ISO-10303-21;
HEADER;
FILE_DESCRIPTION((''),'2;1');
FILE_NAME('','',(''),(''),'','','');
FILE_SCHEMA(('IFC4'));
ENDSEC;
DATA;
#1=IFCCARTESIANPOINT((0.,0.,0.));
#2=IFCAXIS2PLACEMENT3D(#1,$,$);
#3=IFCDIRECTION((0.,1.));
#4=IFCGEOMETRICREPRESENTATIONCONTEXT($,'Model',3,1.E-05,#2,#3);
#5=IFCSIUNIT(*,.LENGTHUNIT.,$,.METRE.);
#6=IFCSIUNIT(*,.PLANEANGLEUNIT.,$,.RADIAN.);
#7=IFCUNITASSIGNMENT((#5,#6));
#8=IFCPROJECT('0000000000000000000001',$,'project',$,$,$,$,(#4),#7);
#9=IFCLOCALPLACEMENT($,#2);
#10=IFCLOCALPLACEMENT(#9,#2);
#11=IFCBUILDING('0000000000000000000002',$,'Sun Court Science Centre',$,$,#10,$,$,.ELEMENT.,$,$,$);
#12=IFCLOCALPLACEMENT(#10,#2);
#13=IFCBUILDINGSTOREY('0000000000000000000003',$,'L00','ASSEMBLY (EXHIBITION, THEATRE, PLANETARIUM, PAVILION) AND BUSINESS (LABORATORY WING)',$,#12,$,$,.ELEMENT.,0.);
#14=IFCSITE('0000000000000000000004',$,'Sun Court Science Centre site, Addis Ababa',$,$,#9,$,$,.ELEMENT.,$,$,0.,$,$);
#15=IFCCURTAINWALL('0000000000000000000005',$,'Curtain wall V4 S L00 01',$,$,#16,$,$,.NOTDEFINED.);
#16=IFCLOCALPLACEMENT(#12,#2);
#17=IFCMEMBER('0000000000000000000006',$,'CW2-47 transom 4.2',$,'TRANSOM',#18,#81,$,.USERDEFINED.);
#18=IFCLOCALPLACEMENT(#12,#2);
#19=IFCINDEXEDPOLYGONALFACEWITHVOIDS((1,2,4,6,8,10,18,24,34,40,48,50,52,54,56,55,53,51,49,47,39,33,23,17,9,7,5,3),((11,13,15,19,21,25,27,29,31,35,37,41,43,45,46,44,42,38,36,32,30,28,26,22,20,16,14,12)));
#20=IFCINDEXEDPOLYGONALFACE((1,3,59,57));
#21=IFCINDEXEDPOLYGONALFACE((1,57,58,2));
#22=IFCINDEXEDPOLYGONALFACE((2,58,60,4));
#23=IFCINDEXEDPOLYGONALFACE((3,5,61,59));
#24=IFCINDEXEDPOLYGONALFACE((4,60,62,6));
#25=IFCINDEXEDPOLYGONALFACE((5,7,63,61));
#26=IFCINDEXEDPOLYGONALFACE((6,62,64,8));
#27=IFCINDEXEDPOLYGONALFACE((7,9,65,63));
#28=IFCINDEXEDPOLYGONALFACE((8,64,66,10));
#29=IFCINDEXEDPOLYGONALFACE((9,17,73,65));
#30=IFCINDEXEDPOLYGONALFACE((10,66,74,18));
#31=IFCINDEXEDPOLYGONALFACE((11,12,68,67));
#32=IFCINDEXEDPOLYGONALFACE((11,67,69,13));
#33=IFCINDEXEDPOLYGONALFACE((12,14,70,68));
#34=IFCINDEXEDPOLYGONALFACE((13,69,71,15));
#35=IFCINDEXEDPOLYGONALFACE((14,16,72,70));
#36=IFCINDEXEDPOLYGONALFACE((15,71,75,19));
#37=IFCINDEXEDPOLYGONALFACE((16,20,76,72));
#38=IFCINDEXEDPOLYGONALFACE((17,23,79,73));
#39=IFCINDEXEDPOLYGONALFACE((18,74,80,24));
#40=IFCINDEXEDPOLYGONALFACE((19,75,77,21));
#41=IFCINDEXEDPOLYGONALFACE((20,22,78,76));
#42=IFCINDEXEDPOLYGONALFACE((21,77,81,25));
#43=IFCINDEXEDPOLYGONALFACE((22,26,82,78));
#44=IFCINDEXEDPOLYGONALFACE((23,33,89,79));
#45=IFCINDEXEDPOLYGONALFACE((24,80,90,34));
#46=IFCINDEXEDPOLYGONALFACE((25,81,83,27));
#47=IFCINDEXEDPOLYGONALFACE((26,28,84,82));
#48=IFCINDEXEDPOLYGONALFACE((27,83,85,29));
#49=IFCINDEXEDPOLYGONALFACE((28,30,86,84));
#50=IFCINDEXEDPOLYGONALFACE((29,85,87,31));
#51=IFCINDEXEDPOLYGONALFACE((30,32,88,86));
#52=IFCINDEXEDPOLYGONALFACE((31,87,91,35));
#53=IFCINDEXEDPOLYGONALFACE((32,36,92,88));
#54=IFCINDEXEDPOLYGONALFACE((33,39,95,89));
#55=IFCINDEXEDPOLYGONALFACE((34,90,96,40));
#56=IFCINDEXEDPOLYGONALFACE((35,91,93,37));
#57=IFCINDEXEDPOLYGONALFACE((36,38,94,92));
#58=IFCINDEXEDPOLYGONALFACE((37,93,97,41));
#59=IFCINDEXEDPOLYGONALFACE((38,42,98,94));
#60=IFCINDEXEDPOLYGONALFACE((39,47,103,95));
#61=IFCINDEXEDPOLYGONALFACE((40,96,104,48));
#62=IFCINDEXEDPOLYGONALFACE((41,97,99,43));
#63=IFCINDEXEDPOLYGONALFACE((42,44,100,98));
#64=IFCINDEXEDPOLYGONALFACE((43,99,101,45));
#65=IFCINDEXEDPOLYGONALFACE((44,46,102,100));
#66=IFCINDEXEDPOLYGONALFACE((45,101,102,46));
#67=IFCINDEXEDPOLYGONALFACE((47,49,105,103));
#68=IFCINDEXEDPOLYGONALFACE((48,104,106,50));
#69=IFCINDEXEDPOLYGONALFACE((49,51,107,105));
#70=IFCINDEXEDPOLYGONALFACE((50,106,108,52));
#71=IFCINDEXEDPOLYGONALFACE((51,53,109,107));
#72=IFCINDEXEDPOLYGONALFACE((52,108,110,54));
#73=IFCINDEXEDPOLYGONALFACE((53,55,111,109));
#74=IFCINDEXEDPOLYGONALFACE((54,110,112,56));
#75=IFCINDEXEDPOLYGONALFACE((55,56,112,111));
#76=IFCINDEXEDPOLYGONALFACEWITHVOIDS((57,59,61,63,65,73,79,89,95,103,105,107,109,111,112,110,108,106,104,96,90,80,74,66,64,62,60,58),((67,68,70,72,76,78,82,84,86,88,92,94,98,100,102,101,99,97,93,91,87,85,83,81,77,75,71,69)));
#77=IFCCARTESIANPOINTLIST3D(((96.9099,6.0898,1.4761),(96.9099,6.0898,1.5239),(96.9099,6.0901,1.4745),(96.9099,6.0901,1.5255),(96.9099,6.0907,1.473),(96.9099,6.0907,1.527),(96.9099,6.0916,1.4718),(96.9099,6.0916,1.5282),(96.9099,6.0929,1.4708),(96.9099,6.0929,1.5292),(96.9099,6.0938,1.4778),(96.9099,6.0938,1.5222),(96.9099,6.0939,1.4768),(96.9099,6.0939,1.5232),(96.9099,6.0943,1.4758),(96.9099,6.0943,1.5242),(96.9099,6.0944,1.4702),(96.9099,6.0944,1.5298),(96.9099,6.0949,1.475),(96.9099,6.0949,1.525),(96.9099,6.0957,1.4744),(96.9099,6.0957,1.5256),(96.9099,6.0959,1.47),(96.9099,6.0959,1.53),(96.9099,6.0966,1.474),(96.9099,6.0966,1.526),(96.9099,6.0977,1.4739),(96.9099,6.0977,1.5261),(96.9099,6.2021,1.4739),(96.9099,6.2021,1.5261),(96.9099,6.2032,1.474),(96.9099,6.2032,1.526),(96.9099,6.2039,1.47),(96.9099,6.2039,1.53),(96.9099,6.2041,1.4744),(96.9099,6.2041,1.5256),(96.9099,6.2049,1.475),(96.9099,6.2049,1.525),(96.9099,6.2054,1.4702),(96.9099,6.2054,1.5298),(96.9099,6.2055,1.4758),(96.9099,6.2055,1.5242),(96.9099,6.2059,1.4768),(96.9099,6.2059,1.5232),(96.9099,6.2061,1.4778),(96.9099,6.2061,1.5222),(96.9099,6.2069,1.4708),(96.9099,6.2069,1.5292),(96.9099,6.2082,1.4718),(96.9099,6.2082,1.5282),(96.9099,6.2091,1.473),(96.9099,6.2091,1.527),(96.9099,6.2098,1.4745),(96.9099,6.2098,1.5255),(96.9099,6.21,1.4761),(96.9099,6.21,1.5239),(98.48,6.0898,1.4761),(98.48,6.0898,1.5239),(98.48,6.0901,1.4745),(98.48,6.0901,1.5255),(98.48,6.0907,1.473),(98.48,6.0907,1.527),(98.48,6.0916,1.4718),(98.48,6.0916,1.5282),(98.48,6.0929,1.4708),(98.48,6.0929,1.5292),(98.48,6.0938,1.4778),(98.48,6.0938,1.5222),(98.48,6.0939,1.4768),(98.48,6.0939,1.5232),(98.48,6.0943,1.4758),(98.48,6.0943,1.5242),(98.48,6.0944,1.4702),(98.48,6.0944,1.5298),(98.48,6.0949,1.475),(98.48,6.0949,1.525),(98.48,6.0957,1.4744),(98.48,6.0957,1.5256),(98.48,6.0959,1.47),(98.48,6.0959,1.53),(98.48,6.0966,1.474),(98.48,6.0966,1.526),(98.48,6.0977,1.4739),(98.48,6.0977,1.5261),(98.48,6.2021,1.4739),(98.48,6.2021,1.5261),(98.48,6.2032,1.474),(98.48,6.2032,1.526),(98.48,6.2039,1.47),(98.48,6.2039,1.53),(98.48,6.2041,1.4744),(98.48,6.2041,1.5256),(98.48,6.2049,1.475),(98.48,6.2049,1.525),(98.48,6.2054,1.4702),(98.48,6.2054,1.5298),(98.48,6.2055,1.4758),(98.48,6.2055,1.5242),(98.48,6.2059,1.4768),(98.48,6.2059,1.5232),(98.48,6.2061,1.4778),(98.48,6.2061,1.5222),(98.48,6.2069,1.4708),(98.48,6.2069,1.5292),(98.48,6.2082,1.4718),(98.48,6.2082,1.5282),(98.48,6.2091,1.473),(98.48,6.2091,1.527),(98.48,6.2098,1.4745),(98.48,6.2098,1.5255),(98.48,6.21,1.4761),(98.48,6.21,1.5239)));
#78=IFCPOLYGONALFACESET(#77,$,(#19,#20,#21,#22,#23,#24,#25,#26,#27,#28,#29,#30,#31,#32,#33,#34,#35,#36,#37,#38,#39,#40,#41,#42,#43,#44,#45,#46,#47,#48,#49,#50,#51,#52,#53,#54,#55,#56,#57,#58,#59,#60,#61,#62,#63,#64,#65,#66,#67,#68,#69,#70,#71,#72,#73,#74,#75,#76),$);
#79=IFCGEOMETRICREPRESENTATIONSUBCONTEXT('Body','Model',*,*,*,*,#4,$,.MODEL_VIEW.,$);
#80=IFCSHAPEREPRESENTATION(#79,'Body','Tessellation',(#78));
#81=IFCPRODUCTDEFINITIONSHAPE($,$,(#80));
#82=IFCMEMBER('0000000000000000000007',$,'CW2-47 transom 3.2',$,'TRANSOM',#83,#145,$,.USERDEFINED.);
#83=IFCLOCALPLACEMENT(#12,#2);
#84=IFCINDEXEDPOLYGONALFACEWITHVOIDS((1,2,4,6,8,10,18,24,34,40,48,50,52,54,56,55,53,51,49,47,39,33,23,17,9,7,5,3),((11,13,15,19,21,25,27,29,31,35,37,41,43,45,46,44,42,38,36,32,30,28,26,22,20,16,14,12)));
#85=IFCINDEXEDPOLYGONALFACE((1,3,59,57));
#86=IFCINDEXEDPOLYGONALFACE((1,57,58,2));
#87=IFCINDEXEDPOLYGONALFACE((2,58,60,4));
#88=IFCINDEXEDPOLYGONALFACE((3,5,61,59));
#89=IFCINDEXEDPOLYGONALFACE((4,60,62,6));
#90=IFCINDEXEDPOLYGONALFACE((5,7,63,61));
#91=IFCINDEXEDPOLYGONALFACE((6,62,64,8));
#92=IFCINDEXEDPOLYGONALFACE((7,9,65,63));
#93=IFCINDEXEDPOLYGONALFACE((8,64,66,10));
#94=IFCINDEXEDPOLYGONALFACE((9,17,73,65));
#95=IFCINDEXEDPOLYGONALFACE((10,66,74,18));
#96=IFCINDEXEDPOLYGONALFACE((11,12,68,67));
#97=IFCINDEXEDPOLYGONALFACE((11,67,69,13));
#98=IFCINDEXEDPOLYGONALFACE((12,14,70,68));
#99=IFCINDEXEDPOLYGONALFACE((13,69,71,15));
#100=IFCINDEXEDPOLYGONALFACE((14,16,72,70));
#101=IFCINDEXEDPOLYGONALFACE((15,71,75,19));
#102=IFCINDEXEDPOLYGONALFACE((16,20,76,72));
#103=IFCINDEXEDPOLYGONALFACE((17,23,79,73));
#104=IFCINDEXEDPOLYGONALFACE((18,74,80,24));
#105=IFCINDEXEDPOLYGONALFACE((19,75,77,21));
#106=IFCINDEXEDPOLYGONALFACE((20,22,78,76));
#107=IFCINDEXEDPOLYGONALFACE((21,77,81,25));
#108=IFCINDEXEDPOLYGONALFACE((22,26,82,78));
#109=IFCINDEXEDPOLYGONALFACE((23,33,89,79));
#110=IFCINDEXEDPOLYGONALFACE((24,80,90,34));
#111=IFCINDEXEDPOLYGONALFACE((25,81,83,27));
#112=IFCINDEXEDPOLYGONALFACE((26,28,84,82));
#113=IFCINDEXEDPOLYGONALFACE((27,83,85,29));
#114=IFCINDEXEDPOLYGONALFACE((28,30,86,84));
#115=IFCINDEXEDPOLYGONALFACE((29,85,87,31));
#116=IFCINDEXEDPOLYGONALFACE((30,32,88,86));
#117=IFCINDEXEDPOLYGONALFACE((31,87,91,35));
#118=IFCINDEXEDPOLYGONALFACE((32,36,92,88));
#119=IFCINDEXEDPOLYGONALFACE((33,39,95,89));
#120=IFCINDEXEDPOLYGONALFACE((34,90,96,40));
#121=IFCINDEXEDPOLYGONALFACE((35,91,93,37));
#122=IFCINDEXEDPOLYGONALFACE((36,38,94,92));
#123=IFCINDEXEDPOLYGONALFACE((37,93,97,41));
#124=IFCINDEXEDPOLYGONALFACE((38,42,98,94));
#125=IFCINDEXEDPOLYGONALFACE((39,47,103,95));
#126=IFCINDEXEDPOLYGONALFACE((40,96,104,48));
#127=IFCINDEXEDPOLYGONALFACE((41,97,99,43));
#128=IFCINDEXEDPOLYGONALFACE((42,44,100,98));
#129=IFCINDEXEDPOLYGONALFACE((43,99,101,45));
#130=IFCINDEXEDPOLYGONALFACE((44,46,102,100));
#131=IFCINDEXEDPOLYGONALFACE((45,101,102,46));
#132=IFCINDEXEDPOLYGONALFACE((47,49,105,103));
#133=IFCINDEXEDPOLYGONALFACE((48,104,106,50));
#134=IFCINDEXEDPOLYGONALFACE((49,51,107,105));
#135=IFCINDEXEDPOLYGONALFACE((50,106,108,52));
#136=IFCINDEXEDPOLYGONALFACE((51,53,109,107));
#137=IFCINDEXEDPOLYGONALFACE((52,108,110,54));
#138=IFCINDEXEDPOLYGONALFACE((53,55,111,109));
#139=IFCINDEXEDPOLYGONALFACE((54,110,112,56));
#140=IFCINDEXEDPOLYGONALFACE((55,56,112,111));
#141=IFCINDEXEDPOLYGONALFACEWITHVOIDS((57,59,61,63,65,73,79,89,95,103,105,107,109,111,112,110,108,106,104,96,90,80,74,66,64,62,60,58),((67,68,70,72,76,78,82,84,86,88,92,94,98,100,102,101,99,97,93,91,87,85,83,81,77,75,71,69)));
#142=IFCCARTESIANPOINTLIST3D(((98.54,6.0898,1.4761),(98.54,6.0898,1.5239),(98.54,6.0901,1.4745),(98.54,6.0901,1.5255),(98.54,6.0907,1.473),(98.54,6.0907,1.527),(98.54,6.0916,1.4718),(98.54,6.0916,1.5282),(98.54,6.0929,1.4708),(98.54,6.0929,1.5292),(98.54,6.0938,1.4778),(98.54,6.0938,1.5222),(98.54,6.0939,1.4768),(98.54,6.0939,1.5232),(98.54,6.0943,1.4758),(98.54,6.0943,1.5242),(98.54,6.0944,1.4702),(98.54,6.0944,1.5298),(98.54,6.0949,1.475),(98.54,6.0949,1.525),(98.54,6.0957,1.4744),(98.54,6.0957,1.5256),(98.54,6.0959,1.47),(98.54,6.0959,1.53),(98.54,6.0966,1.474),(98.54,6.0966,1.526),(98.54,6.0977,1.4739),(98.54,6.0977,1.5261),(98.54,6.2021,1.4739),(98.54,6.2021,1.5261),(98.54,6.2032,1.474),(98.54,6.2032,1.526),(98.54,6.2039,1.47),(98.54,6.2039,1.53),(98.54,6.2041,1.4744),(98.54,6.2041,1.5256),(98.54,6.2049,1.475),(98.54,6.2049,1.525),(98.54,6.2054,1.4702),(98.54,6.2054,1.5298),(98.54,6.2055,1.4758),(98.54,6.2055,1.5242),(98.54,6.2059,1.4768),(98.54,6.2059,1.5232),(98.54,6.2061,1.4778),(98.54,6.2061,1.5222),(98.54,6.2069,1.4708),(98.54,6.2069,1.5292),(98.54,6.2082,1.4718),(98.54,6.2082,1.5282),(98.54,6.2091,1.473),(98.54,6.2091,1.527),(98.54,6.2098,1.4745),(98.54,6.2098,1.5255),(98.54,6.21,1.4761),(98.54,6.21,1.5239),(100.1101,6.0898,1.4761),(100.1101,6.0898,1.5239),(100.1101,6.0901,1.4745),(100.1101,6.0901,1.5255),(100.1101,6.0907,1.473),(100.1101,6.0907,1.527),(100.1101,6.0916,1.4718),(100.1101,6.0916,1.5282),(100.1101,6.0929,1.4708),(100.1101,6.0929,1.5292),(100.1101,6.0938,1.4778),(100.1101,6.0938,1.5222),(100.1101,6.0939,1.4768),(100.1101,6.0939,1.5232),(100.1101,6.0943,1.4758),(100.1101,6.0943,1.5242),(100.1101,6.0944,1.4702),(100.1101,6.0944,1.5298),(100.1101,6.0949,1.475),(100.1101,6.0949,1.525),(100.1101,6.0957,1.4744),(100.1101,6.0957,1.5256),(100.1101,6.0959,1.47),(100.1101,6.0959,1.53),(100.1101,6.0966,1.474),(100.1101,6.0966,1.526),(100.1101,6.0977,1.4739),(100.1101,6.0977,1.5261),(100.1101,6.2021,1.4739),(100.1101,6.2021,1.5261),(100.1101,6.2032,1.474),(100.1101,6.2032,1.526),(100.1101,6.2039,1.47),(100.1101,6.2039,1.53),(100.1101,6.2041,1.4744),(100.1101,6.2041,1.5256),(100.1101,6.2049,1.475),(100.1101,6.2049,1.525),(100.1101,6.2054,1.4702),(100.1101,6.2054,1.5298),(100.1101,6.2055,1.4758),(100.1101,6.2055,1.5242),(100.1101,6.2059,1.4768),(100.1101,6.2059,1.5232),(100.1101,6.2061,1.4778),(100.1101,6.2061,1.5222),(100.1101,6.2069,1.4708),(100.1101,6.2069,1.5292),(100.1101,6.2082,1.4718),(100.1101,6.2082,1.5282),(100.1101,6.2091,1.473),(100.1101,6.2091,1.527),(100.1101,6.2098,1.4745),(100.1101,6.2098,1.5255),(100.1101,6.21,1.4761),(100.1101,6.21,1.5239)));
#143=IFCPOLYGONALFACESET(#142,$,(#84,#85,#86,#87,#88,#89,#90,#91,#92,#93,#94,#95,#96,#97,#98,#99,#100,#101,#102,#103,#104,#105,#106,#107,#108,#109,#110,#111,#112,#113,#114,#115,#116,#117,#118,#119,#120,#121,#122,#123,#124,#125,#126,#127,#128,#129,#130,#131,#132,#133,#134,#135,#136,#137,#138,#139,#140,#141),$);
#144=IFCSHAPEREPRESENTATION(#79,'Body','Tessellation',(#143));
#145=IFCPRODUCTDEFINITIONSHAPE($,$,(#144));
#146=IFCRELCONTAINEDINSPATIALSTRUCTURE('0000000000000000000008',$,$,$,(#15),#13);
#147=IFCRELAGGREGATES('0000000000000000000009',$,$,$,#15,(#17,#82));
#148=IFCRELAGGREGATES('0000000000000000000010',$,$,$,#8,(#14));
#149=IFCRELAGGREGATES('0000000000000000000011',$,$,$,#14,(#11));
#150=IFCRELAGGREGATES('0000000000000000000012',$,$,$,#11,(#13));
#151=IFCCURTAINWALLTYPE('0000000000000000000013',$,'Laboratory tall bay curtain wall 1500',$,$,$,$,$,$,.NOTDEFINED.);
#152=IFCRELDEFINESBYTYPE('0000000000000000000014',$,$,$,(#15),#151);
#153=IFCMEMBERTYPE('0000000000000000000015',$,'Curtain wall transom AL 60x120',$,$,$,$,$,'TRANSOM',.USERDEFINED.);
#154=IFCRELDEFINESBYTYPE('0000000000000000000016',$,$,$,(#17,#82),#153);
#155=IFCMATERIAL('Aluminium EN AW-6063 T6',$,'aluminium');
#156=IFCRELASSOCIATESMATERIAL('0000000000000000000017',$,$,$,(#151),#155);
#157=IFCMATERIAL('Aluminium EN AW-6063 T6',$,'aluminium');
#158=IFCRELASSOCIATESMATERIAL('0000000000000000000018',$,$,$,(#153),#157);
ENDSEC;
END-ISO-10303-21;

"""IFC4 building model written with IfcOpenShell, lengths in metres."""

from ifc_helpers import new_model, si_unit, direction, frame, origin, origin_2d, place, context, subcontext, project, spatial, hollow_rectangle, extrude, material, material_profile, profile_set, type_object, element, aggregate, save


model = new_model("IFC4")

# Units and contexts
model_context = context("Model", 3, precision=1e-05, world=origin(), true_north=direction((0.0, 1.0)))
body_context = subcontext(model_context, "Body", "Model", "MODEL_VIEW")
ifc_project = project(units=[si_unit("LENGTHUNIT", "METRE"), si_unit("PLANEANGLEUNIT", "RADIAN")], contexts=[model_context])

# Site, building, storey
site_placement = place(None, origin())
site = spatial("IfcSite", under=ifc_project, at=site_placement, Name="Sun Court Science Centre site, Addis Ababa", CompositionType="ELEMENT", RefElevation=0.0)
building_placement = place(site_placement, origin())
building = spatial("IfcBuilding", under=site, at=building_placement, Name="Sun Court Science Centre", CompositionType="ELEMENT")
storey_placement = place(building_placement, origin())
storey = spatial("IfcBuildingStorey", under=building, at=storey_placement, Name="L00", Description="ASSEMBLY (EXHIBITION, THEATRE, PLANETARIUM, PAVILION) AND BUSINESS (LABORATORY WING)", CompositionType="ELEMENT", Elevation=0.0)

# Curtain wall, members
ifc_material_1 = material(Name="Aluminium EN AW-6063 T6", Category="aluminium")
curtain_wall_type = type_object("IfcCurtainWallType", Name="Laboratory tall bay curtain wall 1500", PredefinedType="NOTDEFINED", material=ifc_material_1)
curtain_wall_placement = place(storey_placement, origin())
curtain_wall = element("IfcCurtainWall", 1, at=curtain_wall_placement, inside=storey, type_object=curtain_wall_type, Name="Curtain wall V4 S L00 01", PredefinedType="NOTDEFINED")
ifc_material_2 = material(Name="Aluminium EN AW-6063 T6", Category="aluminium")
ifc_material_profile_1 = material_profile(ifc_material_2, hollow_rectangle(XDim=0.0601, YDim=0.1201, WallThickness=0.0039, InnerFilletRadius=0.0039, OuterFilletRadius=0.0061, at=origin_2d()), Name="AL 60x120x4")
ifc_profile_set_1 = profile_set([ifc_material_profile_1], Name="Aluminium EN AW-6063 T6")
member_type_1 = type_object("IfcMemberType", Name="Curtain wall transom AL 60x120", ElementType="TRANSOM", PredefinedType="USERDEFINED", material=ifc_profile_set_1)
member_1_placement = place(storey_placement, frame((98.48, 6.1499, 1.5), z_axis=(-1.0, 0.0, 0.0), x_axis=(0.0, 0.0, 1.0)))
member_1 = element("IfcMember", 2, at=member_1_placement, type_object=member_type_1, Name="CW2-47 transom 4.2", ObjectType="TRANSOM", PredefinedType="USERDEFINED", context=body_context, shape_type="SweptSolid", body=[
    extrude(hollow_rectangle(XDim=0.0601, YDim=0.1201, WallThickness=0.0039, InnerFilletRadius=0.0039, OuterFilletRadius=0.0061, at=origin_2d()), origin(), (0.0, 0.0, 1.0), 1.5701),
])
member_2_placement = place(storey_placement, frame((100.1101, 6.1499, 1.5), z_axis=(-1.0, 0.0, 0.0), x_axis=(0.0, 0.0, 1.0)))
member_2 = element("IfcMember", 3, at=member_2_placement, type_object=member_type_1, Name="CW2-47 transom 3.2", ObjectType="TRANSOM", PredefinedType="USERDEFINED", context=body_context, shape_type="SweptSolid", body=[
    extrude(hollow_rectangle(XDim=0.0601, YDim=0.1201, WallThickness=0.0039, InnerFilletRadius=0.0039, OuterFilletRadius=0.0061, at=origin_2d()), origin(), (0.0, 0.0, 1.0), 1.5701),
])
aggregate(curtain_wall, [member_1, member_2])

save(model, "model.ifc")
